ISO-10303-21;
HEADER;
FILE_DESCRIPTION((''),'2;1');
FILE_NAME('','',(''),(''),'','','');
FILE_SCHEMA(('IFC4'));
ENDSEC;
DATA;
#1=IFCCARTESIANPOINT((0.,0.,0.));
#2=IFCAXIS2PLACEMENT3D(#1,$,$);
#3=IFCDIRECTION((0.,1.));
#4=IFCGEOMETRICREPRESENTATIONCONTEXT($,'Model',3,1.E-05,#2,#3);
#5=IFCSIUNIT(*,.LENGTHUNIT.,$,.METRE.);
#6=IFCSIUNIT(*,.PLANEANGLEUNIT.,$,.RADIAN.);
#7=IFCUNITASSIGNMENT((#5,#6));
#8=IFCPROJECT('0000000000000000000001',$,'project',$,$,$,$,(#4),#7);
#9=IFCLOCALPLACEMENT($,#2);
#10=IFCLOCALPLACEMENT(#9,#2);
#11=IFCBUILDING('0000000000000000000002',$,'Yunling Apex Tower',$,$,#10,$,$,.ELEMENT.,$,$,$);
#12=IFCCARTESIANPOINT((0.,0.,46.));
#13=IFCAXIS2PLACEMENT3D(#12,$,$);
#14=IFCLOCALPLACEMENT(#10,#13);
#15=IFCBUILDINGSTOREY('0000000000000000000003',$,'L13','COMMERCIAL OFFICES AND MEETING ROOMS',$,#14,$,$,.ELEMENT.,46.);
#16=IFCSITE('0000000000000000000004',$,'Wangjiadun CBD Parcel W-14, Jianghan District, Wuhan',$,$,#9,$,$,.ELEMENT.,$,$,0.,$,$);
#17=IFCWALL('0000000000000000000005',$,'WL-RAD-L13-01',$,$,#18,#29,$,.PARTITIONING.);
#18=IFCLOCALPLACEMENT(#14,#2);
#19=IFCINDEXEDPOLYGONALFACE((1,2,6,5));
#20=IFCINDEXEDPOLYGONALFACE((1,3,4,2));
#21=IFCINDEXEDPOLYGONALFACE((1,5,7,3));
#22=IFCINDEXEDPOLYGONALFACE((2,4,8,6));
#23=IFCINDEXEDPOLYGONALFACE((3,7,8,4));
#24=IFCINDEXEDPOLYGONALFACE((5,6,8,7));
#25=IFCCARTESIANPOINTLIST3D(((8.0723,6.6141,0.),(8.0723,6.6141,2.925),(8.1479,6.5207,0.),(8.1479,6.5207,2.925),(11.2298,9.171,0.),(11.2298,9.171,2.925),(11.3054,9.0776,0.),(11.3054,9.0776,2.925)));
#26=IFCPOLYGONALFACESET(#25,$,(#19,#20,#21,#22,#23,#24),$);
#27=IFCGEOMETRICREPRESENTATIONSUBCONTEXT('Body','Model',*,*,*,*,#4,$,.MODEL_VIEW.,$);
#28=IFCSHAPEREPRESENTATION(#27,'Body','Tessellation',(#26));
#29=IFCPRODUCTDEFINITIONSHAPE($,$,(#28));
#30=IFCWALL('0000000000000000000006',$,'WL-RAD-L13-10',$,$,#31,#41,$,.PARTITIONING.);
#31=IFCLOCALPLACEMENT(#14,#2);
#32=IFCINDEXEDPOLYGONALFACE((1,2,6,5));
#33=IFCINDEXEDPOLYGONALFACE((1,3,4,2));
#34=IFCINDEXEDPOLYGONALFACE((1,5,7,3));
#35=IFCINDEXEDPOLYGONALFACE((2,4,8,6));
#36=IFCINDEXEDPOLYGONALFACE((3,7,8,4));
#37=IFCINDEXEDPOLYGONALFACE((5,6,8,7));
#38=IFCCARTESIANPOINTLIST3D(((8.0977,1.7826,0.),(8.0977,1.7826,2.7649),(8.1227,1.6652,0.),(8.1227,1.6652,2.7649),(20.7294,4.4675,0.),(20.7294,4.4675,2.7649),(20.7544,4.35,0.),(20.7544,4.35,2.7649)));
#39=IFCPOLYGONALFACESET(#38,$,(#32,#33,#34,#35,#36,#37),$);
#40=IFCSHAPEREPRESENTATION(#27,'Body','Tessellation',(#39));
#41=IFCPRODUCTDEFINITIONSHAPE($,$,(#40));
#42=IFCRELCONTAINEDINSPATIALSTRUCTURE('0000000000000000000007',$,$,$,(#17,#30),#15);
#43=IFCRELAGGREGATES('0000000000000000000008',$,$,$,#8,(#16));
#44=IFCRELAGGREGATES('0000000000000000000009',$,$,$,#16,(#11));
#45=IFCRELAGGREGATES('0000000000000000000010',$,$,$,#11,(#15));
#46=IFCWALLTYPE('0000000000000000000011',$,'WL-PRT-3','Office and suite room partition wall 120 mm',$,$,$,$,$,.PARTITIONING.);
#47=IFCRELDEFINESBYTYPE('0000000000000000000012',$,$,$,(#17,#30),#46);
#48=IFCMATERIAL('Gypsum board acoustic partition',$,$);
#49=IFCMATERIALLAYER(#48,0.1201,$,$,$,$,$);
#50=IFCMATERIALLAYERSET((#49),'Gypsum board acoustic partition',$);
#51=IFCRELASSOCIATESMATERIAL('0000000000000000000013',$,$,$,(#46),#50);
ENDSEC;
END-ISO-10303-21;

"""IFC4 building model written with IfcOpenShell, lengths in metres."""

from ifc_helpers import new_model, si_unit, direction, frame, frame_2d, origin, place, context, subcontext, project, spatial, rectangle, extrude, material, layer, layer_set, type_object, element, save


model = new_model("IFC4")

# Units and contexts
model_context = context("Model", 3, precision=1e-05, world=origin(), true_north=direction((0.0, 1.0)))
body_context = subcontext(model_context, "Body", "Model", "MODEL_VIEW")
ifc_project = project(units=[si_unit("LENGTHUNIT", "METRE"), si_unit("PLANEANGLEUNIT", "RADIAN")], contexts=[model_context])

# Site, building, storey
site_placement = place(None, origin())
site = spatial("IfcSite", under=ifc_project, at=site_placement, Name="Wangjiadun CBD Parcel W-14, Jianghan District, Wuhan", CompositionType="ELEMENT", RefElevation=0.0)
building_placement = place(site_placement, origin())
building = spatial("IfcBuilding", under=site, at=building_placement, Name="Yunling Apex Tower", CompositionType="ELEMENT")
storey_placement = place(building_placement, frame((0.0, 0.0, 46.0)))
storey = spatial("IfcBuildingStorey", under=building, at=storey_placement, Name="L13", Description="COMMERCIAL OFFICES AND MEETING ROOMS", CompositionType="ELEMENT", Elevation=46.0)

# Shared definitions
ifc_material_1 = material(Name="Gypsum board acoustic partition")

# Walls
ifc_layer_1 = layer(ifc_material_1, 0.1201)
ifc_layer_set_1 = layer_set([ifc_layer_1], Name="Gypsum board acoustic partition")
wall_type_1 = type_object("IfcWallType", Name="WL-PRT-3", Description="Office and suite room partition wall 120 mm", PredefinedType="PARTITIONING", material=ifc_layer_set_1)
wall_1_placement = place(storey_placement, frame((8.1101, 6.5674, 0.0), z_axis=(0.0, 0.0, 1.0), x_axis=(0.777144, 0.629323, 0.0)))
element("IfcWall", 1, at=wall_1_placement, inside=storey, type_object=wall_type_1, Name="WL-RAD-L13-01", PredefinedType="PARTITIONING", context=body_context, shape_type="SweptSolid", body=[
    extrude(rectangle(XDim=4.063, YDim=0.1201, at=frame_2d((2.0315, 0.0))), origin(), (0.0, 0.0, 1.0), 2.925),
])
wall_2_placement = place(storey_placement, frame((8.1101, 1.7239, 0.0), z_axis=(0.0, 0.0, 1.0), x_axis=(0.978149, 0.207903, 0.0)))
element("IfcWall", 2, at=wall_2_placement, inside=storey, type_object=wall_type_1, Name="WL-RAD-L13-10", PredefinedType="PARTITIONING", context=body_context, shape_type="SweptSolid", body=[
    extrude(rectangle(XDim=12.9138, YDim=0.1201, at=frame_2d((6.457, 0.0))), origin(), (0.0, 0.0, 1.0), 2.7649),
])

save(model, "model.ifc")
